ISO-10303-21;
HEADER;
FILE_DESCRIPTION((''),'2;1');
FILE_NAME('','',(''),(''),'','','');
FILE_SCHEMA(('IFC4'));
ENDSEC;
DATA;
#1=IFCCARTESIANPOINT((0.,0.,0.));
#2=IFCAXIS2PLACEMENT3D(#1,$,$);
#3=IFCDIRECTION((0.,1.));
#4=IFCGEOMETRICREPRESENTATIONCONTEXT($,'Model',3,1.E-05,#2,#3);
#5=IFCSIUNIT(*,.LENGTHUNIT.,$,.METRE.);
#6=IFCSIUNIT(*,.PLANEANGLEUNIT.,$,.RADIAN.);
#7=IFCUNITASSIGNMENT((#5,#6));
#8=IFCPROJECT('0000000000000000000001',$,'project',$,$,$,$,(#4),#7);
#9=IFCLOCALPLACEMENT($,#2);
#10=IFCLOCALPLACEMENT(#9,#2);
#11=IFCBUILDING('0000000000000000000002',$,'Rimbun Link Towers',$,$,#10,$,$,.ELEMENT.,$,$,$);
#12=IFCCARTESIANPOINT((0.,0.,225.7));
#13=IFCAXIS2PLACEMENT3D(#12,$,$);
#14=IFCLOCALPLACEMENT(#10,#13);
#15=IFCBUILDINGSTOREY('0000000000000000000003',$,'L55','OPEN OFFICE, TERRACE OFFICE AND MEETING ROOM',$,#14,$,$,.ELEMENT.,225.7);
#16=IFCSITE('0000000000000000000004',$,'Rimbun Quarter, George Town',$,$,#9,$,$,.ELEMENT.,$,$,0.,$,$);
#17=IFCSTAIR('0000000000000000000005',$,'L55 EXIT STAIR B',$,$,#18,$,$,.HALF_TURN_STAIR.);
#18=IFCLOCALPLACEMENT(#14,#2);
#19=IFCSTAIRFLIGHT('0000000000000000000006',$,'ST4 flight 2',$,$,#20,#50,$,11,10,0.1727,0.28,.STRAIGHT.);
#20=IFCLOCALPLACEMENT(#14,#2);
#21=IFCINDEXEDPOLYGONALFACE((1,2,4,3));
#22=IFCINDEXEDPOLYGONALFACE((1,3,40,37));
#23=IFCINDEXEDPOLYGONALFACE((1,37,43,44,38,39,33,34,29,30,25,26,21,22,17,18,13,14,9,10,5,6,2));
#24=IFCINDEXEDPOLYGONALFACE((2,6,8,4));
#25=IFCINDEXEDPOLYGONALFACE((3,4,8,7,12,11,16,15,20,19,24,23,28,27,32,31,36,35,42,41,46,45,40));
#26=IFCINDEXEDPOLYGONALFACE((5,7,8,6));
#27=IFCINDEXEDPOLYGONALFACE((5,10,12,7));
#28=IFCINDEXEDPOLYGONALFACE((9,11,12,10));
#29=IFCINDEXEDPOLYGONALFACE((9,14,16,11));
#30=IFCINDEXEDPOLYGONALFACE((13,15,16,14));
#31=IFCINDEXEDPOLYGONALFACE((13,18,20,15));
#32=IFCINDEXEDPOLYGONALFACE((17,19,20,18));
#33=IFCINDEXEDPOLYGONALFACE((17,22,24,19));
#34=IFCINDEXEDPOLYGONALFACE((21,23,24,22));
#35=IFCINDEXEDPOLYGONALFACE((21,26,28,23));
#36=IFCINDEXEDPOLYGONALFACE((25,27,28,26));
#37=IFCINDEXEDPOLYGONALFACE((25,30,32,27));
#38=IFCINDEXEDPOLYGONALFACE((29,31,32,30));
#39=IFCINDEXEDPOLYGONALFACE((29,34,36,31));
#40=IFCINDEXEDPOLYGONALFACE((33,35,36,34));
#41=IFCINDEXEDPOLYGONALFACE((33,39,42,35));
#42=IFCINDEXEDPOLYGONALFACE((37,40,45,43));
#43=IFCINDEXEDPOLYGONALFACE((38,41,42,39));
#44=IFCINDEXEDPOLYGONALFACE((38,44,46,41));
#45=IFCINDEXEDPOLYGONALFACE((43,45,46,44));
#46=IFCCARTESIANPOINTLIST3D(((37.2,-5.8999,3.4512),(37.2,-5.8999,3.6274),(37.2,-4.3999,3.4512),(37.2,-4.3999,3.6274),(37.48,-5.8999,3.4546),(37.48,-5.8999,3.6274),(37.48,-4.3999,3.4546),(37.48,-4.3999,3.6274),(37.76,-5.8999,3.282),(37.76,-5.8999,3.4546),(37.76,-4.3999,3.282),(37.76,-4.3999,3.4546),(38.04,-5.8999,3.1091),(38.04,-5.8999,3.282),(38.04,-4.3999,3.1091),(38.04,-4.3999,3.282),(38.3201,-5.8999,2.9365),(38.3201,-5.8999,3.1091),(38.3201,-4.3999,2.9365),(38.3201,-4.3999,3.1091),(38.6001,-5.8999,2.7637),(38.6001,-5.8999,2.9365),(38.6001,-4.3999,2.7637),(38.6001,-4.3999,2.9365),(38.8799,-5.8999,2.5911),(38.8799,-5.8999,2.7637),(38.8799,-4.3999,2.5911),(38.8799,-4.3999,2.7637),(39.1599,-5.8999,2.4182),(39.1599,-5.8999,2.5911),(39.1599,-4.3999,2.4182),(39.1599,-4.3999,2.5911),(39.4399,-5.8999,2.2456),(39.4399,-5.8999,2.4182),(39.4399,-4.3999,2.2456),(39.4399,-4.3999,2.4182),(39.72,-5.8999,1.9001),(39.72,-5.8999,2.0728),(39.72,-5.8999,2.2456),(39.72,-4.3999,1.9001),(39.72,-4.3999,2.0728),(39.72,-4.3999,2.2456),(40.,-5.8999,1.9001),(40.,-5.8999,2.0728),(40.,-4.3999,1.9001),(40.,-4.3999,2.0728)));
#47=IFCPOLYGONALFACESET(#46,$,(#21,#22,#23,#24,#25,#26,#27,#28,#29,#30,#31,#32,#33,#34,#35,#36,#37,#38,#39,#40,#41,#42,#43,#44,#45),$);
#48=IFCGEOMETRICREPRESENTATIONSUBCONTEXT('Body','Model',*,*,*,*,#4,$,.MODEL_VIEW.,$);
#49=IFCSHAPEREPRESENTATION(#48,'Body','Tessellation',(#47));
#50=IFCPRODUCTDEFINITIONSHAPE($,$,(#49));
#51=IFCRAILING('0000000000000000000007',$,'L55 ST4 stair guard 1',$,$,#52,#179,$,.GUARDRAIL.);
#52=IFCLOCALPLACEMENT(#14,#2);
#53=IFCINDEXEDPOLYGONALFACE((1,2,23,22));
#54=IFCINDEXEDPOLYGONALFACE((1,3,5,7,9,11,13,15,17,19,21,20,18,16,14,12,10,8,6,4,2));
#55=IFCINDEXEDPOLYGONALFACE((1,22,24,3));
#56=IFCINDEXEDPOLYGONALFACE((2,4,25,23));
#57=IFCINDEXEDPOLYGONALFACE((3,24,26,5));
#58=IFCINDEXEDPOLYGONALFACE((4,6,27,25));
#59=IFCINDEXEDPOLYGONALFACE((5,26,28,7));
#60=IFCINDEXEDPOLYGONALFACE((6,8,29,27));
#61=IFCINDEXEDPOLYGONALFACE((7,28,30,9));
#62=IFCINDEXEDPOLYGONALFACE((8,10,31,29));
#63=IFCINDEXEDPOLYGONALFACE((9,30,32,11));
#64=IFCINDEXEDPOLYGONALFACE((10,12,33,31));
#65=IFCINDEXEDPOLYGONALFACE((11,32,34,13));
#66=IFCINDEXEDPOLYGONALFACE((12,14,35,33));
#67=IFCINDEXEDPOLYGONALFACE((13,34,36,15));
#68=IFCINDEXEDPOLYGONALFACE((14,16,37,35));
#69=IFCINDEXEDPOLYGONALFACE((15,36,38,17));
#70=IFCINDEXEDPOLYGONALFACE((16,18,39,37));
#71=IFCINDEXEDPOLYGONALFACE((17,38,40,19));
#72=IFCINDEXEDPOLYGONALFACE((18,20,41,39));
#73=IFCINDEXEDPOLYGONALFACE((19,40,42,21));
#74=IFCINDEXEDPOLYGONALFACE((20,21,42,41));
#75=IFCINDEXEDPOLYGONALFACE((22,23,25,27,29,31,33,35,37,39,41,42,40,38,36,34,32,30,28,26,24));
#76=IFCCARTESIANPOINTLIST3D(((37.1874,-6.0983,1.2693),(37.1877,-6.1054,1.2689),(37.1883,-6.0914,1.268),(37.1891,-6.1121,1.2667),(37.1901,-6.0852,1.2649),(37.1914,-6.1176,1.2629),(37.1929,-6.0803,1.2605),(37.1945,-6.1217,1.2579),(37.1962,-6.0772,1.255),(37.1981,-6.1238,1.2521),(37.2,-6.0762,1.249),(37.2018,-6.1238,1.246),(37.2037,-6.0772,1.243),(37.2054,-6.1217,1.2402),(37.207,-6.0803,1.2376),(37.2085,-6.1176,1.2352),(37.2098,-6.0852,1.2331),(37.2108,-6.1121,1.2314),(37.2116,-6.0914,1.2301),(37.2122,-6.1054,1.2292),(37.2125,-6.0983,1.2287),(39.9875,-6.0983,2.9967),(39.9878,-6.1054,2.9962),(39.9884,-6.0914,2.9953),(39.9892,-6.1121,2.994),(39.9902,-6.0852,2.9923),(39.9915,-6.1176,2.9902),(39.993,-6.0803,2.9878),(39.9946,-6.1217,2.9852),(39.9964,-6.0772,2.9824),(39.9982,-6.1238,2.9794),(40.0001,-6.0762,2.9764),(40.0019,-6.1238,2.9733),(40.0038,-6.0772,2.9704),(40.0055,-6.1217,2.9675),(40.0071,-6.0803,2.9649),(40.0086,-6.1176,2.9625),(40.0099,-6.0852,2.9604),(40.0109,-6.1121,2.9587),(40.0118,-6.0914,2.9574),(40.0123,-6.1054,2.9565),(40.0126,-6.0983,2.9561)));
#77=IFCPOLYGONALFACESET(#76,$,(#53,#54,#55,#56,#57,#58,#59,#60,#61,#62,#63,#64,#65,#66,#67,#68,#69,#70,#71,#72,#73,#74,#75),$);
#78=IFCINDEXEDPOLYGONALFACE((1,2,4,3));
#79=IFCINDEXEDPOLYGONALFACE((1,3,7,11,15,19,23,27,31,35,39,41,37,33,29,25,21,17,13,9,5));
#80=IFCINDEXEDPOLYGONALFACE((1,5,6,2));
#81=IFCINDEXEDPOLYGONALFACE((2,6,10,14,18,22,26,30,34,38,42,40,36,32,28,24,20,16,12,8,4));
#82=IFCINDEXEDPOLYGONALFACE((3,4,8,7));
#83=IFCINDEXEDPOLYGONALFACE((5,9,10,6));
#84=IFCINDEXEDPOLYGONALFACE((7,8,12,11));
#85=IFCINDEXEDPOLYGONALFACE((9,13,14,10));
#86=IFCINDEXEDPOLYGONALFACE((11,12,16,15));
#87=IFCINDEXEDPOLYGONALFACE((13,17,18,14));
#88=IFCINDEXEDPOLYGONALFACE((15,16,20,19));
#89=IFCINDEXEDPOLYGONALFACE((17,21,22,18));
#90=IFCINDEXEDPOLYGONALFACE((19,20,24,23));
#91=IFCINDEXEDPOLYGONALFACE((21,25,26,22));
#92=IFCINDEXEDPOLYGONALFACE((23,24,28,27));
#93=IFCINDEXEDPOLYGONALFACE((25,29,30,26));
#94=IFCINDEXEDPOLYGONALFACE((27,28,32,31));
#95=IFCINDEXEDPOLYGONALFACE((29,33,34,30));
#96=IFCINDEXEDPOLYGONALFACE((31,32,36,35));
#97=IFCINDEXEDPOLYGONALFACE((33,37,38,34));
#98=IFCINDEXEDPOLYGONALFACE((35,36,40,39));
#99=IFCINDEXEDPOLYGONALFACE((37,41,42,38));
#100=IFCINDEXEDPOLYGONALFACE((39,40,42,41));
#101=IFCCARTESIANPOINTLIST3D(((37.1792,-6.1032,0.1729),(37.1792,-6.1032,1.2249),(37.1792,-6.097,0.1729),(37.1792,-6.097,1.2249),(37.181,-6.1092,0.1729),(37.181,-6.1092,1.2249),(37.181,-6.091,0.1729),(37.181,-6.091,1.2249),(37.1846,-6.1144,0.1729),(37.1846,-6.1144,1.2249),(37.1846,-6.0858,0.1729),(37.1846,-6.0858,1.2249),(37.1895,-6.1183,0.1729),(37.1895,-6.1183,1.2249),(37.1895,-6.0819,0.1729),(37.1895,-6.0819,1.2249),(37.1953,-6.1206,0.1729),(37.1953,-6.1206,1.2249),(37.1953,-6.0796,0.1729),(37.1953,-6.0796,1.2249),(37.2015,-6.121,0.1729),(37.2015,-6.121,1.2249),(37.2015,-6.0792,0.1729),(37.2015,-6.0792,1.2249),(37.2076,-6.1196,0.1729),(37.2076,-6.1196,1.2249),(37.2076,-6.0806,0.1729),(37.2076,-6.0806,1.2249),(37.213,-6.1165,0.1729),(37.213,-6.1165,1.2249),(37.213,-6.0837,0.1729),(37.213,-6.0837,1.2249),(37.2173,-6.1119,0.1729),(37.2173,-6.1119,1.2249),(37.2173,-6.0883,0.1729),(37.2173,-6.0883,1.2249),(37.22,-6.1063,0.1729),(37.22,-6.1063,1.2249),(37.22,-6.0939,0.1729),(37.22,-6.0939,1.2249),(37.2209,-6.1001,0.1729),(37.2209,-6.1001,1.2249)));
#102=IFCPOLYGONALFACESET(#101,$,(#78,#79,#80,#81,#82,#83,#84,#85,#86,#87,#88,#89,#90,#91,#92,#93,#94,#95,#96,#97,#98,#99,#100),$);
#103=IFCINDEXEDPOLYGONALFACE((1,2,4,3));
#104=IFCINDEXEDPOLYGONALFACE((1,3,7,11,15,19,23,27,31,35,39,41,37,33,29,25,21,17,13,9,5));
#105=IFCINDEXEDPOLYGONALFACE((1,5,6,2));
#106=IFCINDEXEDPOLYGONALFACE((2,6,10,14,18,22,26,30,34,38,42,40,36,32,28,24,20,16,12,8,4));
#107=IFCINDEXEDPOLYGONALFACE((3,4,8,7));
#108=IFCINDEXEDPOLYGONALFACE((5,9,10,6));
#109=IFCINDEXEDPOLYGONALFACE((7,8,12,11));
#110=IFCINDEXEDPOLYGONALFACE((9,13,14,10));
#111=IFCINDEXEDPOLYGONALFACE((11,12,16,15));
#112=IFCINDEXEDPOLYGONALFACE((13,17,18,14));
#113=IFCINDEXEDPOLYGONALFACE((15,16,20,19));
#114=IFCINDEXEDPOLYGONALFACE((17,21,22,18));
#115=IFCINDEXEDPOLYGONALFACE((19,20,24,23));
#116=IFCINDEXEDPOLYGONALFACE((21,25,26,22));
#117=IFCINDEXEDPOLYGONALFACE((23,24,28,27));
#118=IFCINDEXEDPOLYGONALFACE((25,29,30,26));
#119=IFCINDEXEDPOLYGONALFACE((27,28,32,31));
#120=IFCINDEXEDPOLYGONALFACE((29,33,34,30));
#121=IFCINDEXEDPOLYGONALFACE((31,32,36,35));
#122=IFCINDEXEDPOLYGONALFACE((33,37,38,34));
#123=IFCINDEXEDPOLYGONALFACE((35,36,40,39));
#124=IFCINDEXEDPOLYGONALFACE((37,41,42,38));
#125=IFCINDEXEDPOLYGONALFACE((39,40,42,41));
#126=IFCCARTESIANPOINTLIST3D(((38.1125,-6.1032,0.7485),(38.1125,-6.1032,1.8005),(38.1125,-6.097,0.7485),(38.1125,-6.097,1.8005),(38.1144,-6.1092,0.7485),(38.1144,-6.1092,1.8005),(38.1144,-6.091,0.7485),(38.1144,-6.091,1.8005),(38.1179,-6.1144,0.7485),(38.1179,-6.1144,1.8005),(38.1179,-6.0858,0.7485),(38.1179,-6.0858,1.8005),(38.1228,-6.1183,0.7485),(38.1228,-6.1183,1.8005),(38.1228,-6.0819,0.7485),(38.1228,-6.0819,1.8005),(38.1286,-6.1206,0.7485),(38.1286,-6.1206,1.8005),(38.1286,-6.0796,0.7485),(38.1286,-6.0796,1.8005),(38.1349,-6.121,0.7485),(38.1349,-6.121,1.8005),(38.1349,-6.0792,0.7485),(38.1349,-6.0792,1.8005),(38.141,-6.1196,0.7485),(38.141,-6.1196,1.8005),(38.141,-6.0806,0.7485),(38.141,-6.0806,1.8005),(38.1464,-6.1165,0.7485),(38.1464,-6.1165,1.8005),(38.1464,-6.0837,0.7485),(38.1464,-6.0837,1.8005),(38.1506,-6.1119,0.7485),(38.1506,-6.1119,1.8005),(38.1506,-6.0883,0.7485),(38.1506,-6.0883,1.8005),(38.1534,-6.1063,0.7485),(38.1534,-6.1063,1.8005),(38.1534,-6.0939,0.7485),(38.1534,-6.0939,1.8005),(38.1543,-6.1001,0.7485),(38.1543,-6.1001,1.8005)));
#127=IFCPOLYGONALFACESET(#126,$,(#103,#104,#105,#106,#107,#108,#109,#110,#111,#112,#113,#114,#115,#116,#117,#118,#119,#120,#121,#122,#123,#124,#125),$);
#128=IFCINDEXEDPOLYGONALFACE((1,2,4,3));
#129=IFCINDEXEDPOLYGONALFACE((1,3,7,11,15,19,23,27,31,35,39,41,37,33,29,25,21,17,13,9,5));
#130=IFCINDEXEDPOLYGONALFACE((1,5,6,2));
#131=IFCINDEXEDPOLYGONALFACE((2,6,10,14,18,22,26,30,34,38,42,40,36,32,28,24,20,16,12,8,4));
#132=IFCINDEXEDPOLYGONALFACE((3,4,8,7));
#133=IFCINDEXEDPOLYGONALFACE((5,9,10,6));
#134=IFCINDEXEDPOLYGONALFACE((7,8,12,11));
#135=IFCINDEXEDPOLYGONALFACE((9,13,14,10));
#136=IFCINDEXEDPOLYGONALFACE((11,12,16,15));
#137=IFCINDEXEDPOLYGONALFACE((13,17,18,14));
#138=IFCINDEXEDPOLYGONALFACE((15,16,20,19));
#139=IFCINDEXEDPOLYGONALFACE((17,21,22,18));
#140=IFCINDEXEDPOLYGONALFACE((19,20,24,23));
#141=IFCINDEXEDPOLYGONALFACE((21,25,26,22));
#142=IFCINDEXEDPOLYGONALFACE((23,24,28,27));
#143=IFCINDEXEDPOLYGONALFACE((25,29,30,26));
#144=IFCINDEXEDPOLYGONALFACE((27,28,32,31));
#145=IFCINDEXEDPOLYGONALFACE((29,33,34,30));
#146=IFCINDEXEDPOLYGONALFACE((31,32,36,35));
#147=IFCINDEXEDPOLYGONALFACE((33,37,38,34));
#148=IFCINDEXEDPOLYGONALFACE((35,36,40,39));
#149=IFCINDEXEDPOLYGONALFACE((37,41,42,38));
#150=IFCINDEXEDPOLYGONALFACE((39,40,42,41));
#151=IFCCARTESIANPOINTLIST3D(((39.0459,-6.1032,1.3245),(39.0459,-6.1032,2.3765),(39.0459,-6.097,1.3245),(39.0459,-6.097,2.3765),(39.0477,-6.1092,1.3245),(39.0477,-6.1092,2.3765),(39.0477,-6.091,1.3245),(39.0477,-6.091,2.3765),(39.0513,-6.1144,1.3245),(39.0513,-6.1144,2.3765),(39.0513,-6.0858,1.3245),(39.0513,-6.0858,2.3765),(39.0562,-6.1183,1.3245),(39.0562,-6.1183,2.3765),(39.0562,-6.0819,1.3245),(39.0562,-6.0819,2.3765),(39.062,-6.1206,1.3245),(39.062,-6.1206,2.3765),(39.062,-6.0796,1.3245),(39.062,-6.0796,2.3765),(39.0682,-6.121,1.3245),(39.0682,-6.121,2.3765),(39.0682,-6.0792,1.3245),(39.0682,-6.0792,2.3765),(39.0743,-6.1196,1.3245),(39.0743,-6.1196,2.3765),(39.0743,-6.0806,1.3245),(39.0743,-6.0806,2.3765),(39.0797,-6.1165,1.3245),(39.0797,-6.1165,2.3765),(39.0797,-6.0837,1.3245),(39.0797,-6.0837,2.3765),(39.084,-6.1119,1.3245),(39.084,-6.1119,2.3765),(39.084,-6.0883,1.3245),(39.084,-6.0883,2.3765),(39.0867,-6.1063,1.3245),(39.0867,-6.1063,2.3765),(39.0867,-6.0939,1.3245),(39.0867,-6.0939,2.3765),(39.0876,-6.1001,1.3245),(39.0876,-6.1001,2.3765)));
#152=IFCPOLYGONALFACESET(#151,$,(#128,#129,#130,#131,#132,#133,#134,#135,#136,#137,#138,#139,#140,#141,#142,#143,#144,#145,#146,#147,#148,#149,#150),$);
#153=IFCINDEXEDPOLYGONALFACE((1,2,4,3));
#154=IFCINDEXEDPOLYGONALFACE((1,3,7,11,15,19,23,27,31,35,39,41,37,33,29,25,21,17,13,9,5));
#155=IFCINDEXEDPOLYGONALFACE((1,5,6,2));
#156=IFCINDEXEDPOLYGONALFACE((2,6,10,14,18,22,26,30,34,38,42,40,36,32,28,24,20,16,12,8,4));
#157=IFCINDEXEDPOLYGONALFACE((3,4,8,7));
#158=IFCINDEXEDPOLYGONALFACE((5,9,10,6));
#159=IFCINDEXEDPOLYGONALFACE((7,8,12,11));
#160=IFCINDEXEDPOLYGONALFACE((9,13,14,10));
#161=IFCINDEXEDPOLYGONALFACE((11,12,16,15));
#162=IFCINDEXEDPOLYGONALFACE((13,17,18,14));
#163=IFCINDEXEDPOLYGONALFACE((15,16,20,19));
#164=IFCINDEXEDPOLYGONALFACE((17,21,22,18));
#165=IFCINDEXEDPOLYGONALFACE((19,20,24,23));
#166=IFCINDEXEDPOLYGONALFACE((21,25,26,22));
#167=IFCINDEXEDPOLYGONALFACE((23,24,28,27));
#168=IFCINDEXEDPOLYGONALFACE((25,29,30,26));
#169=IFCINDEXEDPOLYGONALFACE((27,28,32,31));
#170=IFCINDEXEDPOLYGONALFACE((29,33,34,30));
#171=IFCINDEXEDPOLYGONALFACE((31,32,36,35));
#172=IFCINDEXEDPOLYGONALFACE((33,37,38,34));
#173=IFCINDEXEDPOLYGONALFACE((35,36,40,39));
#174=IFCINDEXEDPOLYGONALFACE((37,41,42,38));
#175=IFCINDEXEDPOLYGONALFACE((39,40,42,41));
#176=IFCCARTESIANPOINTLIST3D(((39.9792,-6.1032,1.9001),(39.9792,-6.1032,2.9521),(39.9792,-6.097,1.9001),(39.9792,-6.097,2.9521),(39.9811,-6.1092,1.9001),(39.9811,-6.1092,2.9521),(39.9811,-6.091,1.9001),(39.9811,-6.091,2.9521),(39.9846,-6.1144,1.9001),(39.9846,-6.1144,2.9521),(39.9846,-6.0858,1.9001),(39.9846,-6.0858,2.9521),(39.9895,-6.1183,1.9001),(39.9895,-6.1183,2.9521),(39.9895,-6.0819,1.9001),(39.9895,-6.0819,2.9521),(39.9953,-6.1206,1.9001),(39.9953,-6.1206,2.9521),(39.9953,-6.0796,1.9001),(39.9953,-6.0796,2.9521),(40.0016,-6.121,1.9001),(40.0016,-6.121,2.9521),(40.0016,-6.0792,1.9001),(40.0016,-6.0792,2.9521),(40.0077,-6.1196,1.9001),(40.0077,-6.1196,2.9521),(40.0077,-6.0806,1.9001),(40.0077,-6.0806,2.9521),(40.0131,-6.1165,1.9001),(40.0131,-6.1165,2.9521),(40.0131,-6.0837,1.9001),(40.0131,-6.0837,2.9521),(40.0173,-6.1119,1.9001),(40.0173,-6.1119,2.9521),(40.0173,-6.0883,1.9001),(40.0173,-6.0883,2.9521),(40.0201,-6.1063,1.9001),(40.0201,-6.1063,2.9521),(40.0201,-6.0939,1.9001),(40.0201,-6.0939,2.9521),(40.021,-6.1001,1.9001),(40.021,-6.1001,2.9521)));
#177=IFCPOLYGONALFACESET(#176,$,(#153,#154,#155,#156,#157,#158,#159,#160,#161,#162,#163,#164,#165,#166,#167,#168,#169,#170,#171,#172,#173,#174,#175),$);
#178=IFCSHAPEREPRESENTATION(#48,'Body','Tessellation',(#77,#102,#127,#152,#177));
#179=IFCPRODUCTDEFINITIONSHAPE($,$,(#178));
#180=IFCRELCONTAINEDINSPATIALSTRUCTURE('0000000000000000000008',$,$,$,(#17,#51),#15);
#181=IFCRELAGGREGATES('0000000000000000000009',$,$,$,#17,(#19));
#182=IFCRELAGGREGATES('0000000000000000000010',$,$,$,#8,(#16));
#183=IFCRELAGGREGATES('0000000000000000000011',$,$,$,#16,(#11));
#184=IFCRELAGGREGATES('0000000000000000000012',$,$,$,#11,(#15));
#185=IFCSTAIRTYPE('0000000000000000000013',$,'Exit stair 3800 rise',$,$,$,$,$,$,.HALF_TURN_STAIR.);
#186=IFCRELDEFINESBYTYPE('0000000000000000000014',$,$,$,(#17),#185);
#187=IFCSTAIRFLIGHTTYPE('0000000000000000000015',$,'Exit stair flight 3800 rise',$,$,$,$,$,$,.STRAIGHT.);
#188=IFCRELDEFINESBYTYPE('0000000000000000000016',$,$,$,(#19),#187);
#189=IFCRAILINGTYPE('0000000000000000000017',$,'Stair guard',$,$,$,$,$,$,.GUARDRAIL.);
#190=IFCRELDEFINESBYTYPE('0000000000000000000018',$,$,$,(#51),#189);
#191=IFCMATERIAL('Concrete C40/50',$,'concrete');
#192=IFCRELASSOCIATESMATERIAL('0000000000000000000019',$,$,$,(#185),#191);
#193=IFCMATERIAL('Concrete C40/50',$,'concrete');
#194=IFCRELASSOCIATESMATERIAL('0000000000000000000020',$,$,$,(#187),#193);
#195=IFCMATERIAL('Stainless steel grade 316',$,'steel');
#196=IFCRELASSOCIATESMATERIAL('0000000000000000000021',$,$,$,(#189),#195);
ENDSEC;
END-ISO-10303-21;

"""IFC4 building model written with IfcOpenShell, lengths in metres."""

from ifc_helpers import new_model, si_unit, direction, frame, origin, origin_2d, place, context, subcontext, project, spatial, polyline, circle, outline, extrude, material, type_object, element, aggregate, save


model = new_model("IFC4")

# Units and contexts
model_context = context("Model", 3, precision=1e-05, world=origin(), true_north=direction((0.0, 1.0)))
body_context = subcontext(model_context, "Body", "Model", "MODEL_VIEW")
ifc_project = project(units=[si_unit("LENGTHUNIT", "METRE"), si_unit("PLANEANGLEUNIT", "RADIAN")], contexts=[model_context])

# Site, building, storey
site_placement = place(None, origin())
site = spatial("IfcSite", under=ifc_project, at=site_placement, Name="Rimbun Quarter, George Town", CompositionType="ELEMENT", RefElevation=0.0)
building_placement = place(site_placement, origin())
building = spatial("IfcBuilding", under=site, at=building_placement, Name="Rimbun Link Towers", CompositionType="ELEMENT")
storey_placement = place(building_placement, frame((0.0, 0.0, 225.7)))
storey = spatial("IfcBuildingStorey", under=building, at=storey_placement, Name="L55", Description="OPEN OFFICE, TERRACE OFFICE AND MEETING ROOM", CompositionType="ELEMENT", Elevation=225.7)

# Stair, stair flight
ifc_material_1 = material(Name="Concrete C40/50", Category="concrete")
stair_type = type_object("IfcStairType", Name="Exit stair 3800 rise", PredefinedType="HALF_TURN_STAIR", material=ifc_material_1)
stair_placement = place(storey_placement, origin())
stair = element("IfcStair", 1, at=stair_placement, inside=storey, type_object=stair_type, Name="L55 EXIT STAIR B", PredefinedType="HALF_TURN_STAIR")
ifc_material_2 = material(Name="Concrete C40/50", Category="concrete")
stair_flight_type = type_object("IfcStairFlightType", Name="Exit stair flight 3800 rise", PredefinedType="STRAIGHT", material=ifc_material_2)
stair_flight_1_placement = place(storey_placement, frame((40.0, -5.1499, 1.9001), z_axis=(0.0, 0.0, 1.0), x_axis=(-1.0, 0.0, 0.0)))
stair_flight_1 = element("IfcStairFlight", 2, at=stair_flight_1_placement, type_object=stair_flight_type, Name="ST4 flight 2", NumberOfRisers=11, NumberOfTreads=10, PredefinedType="STRAIGHT", RiserHeight=0.1727, TreadLength=0.28, context=body_context, shape_type="SweptSolid", body=[
    extrude(outline(polyline([(0.0, 0.0), (0.0, 0.1726), (0.28, 0.1726), (0.28, 0.3455), (0.5601, 0.3455), (0.5601, 0.5181), (0.8401, 0.5181), (0.8401, 0.6909), (1.1201, 0.6909), (1.1201, 0.8635), (1.3999, 0.8635), (1.3999, 1.0364), (1.6799, 1.0364), (1.6799, 1.209), (1.96, 1.209), (1.96, 1.3818), (2.24, 1.3818), (2.24, 1.5544), (2.52, 1.5544), (2.52, 1.7273), (2.8, 1.7273), (2.8, 1.8999), (2.8, 1.551), (0.28, 0.0), (0.0, 0.0)])), frame((0.0, 0.75, 0.0), z_axis=(0.0, -1.0, 0.0), x_axis=(1.0, 0.0, 0.0)), (0.0, 0.0, 1.0), 1.5),
])
aggregate(stair, [stair_flight_1])

# Railing
ifc_material_3 = material(Name="Stainless steel grade 316", Category="steel")
railing_type_1 = type_object("IfcRailingType", Name="Stair guard", PredefinedType="GUARDRAIL", material=ifc_material_3)
railing_1_placement = place(storey_placement, frame((37.2, -6.1001, 0.1729)))
element("IfcRailing", 3, at=railing_1_placement, inside=storey, type_object=railing_type_1, Name="L55 ST4 stair guard 1", PredefinedType="GUARDRAIL", context=body_context, shape_type="SweptSolid", body=[
    extrude(circle(Radius=0.0239, at=origin_2d()), frame((0.0, 0.0, 1.0762), z_axis=(0.85109, 0.0, 0.52502), x_axis=(0.0, 1.0, 0.0)), (0.0, 0.0, 1.0), 3.29),
    extrude(circle(Radius=0.021, at=origin_2d()), origin(), (0.0, 0.0, 1.0), 1.052),
    extrude(circle(Radius=0.021, at=origin_2d()), frame((0.9333, 0.0, 0.5757)), (0.0, 0.0, 1.0), 1.052),
    extrude(circle(Radius=0.021, at=origin_2d()), frame((1.8667, 0.0, 1.1516)), (0.0, 0.0, 1.0), 1.052),
    extrude(circle(Radius=0.021, at=origin_2d()), frame((2.8, 0.0, 1.7273)), (0.0, 0.0, 1.0), 1.052),
])

save(model, "model.ifc")
